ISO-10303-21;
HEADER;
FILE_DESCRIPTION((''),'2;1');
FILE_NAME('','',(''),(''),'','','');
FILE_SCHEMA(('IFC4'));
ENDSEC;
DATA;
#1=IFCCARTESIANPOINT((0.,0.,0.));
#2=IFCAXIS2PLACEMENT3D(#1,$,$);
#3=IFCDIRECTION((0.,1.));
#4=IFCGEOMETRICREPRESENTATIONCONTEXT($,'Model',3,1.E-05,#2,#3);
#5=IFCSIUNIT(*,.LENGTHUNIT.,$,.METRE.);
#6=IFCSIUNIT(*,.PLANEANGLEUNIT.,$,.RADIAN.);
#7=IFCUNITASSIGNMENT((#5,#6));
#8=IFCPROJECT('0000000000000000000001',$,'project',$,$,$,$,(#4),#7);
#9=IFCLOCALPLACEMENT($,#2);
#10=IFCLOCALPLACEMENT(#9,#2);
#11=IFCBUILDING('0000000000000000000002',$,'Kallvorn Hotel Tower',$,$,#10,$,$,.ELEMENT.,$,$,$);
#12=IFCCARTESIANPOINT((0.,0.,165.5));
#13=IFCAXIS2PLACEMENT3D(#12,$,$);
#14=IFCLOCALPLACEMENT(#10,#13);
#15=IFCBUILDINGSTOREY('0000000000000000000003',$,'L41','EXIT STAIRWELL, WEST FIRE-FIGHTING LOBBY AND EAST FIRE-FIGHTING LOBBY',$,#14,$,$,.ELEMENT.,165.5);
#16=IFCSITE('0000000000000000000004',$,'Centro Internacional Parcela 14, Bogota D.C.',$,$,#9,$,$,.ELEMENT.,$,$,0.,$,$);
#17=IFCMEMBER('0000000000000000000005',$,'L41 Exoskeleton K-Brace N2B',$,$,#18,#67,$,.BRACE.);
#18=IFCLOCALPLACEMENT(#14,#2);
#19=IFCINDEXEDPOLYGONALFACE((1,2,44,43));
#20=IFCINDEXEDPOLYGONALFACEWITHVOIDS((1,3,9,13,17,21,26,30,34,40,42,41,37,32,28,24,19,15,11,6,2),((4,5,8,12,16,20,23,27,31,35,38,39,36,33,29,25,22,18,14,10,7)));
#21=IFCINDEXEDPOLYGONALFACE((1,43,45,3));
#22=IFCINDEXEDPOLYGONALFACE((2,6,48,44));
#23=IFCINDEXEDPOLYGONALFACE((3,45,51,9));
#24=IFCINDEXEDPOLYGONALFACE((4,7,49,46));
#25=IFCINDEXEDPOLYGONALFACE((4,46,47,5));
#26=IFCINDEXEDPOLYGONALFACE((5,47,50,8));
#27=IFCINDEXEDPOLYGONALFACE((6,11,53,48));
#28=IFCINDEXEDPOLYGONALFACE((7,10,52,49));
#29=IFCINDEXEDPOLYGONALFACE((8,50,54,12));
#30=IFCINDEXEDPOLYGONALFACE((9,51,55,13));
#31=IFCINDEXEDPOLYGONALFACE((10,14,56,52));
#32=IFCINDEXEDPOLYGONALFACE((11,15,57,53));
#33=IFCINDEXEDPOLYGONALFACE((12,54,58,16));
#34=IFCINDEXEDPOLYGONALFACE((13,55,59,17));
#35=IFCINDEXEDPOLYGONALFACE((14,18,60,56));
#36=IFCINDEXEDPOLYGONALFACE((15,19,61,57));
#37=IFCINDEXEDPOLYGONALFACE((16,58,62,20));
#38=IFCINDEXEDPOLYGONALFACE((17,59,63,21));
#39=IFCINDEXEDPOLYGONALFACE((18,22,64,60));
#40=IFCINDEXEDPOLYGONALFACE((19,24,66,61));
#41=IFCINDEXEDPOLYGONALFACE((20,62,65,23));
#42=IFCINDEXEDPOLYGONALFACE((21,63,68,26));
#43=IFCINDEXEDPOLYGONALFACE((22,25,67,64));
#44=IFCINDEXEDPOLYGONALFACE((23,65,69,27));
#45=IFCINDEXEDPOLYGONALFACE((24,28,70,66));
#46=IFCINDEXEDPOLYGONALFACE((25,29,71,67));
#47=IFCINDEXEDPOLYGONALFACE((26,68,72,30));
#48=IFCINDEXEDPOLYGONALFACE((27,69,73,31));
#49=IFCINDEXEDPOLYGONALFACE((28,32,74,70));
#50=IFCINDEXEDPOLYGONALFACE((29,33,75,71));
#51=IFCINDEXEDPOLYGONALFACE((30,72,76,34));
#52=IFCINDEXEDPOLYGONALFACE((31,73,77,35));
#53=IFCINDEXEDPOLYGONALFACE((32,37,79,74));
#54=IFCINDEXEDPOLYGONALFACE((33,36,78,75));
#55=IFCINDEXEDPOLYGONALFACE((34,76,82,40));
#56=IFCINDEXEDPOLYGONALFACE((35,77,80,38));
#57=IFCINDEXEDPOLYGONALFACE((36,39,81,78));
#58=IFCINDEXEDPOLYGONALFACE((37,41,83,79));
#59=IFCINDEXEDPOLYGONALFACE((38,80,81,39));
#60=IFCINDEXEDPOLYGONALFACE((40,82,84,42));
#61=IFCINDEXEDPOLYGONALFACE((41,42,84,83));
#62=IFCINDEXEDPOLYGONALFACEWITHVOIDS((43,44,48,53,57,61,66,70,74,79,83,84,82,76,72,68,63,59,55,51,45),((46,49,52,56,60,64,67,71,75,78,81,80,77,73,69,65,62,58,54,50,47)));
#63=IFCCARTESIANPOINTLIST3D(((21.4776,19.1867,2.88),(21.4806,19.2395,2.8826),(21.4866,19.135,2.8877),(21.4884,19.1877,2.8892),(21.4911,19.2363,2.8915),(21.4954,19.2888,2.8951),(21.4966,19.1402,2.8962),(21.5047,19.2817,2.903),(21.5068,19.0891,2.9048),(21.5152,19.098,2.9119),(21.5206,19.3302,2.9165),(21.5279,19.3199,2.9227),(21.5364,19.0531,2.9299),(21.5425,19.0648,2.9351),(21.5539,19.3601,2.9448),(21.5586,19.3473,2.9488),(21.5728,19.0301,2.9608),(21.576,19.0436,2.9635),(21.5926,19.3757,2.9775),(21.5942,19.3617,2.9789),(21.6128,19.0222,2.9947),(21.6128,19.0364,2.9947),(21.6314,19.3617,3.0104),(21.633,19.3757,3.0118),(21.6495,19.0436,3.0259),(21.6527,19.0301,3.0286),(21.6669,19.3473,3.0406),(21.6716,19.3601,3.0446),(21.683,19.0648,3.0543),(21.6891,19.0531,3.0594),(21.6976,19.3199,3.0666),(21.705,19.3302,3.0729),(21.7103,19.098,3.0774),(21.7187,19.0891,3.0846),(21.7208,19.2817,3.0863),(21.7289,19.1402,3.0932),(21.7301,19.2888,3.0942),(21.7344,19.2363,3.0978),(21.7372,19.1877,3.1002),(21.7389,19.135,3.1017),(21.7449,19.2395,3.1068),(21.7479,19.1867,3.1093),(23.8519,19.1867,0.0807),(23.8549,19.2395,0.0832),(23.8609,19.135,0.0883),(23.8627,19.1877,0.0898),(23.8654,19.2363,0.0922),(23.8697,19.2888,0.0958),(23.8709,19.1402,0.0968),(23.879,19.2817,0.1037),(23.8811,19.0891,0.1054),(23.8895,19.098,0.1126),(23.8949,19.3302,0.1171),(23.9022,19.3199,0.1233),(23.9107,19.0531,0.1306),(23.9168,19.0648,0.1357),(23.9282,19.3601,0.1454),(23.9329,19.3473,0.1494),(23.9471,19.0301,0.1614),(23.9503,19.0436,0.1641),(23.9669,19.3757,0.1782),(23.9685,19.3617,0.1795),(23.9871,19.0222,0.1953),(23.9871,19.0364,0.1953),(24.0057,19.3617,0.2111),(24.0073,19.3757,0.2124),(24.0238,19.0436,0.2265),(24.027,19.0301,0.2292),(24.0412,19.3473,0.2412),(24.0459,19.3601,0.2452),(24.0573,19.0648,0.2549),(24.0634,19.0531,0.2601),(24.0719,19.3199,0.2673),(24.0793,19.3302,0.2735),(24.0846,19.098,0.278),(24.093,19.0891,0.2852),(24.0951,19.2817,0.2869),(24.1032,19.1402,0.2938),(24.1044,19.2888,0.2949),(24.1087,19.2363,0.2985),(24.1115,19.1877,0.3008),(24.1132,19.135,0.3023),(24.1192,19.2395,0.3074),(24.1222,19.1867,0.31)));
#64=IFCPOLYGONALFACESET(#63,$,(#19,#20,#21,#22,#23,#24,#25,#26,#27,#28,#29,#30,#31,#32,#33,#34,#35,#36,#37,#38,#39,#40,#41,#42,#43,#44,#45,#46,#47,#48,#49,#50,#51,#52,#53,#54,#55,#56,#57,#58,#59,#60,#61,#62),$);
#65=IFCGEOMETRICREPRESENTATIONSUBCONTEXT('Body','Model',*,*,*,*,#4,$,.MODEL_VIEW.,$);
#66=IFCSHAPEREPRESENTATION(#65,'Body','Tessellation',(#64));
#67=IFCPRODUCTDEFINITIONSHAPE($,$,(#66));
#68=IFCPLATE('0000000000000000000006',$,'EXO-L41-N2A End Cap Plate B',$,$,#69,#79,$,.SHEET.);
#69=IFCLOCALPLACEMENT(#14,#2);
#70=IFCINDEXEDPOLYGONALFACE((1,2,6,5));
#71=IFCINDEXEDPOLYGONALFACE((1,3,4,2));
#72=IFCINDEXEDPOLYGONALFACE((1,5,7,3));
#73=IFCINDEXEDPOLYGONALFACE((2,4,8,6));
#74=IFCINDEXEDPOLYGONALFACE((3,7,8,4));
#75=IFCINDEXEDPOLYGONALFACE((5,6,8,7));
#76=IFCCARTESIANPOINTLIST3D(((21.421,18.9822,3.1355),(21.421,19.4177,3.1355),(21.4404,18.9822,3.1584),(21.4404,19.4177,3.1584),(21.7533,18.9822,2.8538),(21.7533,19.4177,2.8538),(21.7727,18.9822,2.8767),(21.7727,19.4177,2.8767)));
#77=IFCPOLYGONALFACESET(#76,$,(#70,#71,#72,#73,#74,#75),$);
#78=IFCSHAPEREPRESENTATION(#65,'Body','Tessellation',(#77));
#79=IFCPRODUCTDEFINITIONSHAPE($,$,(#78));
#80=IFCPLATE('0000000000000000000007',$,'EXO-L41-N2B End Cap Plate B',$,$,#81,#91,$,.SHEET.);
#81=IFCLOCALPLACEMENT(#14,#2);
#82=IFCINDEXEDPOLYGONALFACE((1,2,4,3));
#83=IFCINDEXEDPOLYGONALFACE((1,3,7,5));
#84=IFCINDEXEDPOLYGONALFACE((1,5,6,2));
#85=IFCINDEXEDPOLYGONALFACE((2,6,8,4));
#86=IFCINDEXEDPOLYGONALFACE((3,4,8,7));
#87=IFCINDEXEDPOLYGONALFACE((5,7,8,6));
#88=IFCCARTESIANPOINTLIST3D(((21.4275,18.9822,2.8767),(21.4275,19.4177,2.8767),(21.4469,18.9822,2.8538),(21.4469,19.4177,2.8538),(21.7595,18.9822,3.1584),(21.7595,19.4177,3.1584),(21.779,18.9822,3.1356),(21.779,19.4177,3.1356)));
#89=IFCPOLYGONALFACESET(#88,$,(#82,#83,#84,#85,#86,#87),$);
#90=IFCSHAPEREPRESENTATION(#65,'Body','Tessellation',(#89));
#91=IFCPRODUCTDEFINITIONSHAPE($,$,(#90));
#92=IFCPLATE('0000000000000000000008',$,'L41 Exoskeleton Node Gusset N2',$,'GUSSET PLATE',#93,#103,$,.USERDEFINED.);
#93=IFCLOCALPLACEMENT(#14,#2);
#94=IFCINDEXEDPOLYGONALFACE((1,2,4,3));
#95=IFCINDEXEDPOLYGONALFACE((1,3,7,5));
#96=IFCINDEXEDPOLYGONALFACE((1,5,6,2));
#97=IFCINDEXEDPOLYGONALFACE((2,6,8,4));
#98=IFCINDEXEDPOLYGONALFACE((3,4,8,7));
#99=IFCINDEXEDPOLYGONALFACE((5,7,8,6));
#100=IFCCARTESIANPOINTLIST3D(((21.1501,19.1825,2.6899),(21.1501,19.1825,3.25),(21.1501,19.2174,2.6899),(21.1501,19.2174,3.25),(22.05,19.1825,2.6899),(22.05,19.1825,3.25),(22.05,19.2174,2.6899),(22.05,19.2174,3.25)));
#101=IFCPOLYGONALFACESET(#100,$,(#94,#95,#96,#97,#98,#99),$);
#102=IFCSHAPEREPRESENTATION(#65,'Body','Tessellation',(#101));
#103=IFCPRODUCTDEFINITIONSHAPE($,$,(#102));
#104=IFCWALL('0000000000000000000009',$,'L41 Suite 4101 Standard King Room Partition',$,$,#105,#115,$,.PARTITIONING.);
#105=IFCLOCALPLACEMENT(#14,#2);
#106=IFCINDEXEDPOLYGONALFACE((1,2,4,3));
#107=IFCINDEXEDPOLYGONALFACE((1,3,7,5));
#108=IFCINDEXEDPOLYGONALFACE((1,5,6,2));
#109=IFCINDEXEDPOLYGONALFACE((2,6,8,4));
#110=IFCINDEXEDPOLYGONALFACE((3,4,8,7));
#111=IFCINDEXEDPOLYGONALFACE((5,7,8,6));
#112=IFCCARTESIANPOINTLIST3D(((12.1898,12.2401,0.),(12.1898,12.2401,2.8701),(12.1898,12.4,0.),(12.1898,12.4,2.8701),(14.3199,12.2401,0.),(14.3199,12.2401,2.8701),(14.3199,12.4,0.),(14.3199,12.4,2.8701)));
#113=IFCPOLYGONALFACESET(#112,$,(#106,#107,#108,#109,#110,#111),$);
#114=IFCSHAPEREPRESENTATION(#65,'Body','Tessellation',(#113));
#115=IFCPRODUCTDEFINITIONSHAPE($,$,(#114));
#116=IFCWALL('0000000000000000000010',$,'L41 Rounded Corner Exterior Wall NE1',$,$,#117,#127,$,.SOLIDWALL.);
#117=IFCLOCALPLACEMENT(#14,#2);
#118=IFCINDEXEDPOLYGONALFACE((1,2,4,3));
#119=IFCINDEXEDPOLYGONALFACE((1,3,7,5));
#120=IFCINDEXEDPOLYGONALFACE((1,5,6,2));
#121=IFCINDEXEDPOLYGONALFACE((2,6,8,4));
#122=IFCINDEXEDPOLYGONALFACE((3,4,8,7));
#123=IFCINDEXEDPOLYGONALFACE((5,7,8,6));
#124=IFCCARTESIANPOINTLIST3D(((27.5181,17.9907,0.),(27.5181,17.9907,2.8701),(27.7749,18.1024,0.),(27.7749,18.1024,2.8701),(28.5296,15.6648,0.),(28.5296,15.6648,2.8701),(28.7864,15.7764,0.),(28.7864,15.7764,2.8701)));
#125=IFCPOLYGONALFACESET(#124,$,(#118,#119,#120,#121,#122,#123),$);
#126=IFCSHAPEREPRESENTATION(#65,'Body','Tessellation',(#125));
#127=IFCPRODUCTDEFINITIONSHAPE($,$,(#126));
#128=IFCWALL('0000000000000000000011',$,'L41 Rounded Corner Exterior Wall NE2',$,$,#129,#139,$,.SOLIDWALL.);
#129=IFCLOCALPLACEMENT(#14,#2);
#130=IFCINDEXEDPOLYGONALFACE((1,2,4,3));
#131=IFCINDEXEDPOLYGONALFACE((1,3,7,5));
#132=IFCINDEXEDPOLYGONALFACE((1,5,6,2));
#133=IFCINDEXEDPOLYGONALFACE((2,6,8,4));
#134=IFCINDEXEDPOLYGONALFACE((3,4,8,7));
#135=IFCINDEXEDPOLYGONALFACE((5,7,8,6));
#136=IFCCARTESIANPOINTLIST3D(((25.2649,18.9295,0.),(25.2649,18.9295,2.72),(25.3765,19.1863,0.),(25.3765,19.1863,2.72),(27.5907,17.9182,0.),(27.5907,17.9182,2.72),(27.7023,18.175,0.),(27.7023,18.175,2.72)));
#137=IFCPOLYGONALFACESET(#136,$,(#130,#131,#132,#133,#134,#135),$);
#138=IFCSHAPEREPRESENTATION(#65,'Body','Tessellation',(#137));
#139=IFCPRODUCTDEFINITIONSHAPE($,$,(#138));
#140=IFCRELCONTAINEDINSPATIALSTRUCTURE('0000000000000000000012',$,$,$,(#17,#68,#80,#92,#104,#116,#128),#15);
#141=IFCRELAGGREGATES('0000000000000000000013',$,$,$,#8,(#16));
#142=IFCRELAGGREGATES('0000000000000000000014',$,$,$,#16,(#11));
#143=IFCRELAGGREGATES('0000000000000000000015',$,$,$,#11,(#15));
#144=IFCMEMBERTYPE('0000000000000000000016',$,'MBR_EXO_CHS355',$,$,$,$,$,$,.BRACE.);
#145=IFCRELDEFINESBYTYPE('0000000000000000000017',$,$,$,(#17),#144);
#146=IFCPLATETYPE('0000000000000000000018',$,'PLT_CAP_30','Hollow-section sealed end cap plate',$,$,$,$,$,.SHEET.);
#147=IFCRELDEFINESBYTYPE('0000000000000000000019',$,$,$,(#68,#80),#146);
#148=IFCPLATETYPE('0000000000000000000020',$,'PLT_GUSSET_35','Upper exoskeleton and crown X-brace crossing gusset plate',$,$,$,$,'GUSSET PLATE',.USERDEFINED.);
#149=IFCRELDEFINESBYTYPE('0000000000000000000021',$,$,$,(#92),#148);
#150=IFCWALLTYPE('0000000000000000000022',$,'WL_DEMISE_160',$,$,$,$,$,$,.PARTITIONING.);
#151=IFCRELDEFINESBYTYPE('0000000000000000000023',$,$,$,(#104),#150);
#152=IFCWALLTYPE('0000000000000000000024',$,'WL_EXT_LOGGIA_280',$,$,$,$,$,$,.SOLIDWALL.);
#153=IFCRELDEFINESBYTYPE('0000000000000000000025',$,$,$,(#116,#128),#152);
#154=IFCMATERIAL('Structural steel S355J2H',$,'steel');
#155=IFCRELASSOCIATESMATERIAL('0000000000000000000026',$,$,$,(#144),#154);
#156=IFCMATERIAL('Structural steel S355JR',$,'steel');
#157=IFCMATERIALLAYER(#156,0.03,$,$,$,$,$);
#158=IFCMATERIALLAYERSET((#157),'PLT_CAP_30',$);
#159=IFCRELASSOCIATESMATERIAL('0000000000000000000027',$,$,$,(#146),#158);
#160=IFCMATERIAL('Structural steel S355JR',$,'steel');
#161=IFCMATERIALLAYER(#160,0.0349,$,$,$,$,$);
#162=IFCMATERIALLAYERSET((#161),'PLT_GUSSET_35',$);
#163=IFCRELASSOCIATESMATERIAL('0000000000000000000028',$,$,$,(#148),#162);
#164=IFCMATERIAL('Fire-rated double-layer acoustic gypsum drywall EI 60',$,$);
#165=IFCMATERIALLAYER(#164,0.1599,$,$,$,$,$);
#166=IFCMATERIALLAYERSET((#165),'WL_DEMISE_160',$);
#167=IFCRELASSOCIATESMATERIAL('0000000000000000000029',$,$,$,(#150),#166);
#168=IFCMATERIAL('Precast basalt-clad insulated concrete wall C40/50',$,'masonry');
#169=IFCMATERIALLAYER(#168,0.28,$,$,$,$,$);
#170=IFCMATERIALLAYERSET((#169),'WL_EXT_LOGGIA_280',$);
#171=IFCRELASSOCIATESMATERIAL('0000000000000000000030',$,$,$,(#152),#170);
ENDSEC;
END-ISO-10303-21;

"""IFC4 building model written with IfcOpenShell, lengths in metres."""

from ifc_helpers import new_model, si_unit, direction, frame, frame_2d, origin, origin_2d, place, context, subcontext, project, spatial, polyline, rectangle, hollow_circle, outline, extrude, material, layer, layer_set, material_profile, profile_set, type_object, element, save


model = new_model("IFC4")

# Units and contexts
model_context = context("Model", 3, precision=1e-05, world=origin(), true_north=direction((0.0, 1.0)))
body_context = subcontext(model_context, "Body", "Model", "MODEL_VIEW")
ifc_project = project(units=[si_unit("LENGTHUNIT", "METRE"), si_unit("PLANEANGLEUNIT", "RADIAN")], contexts=[model_context])

# Site, building, storey
site_placement = place(None, origin())
site = spatial("IfcSite", under=ifc_project, at=site_placement, Name="Centro Internacional Parcela 14, Bogota D.C.", CompositionType="ELEMENT", RefElevation=0.0)
building_placement = place(site_placement, origin())
building = spatial("IfcBuilding", under=site, at=building_placement, Name="Kallvorn Hotel Tower", CompositionType="ELEMENT")
storey_placement = place(building_placement, frame((0.0, 0.0, 165.5)))
storey = spatial("IfcBuildingStorey", under=building, at=storey_placement, Name="L41", Description="EXIT STAIRWELL, WEST FIRE-FIGHTING LOBBY AND EAST FIRE-FIGHTING LOBBY", CompositionType="ELEMENT", Elevation=165.5)

# Member
ifc_material_1 = material(Name="Structural steel S355J2H", Category="steel")
ifc_material_profile_1 = material_profile(ifc_material_1, hollow_circle(Radius=0.1777, WallThickness=0.0142, at=origin_2d()), Name="CHS 355.6x14.2")
ifc_profile_set_1 = profile_set([ifc_material_profile_1], Name="Structural steel S355J2H")
member_type_1 = type_object("IfcMemberType", Name="MBR_EXO_CHS355", PredefinedType="BRACE", material=ifc_profile_set_1)
for number, where, z_axis, x_axis, name in (
    (1, (23.9871, 19.2, 0.1953), (-0.646833, 0.0, 0.762631), (0.0, -1.0, 0.0), "L41 Exoskeleton K-Brace N2B"),
):
    element("IfcMember", number, at=place(storey_placement, frame(where, z_axis=z_axis, x_axis=x_axis)), inside=storey, type_object=member_type_1, Name=name, PredefinedType="BRACE", context=body_context, shape_type="SweptSolid", body=[
        extrude(hollow_circle(Radius=0.1777, WallThickness=0.0142, at=origin_2d()), origin(), (0.0, 0.0, 1.0), 3.6707),
    ])

# Plates
ifc_material_2 = material(Name="Structural steel S355JR", Category="steel")
ifc_layer_1 = layer(ifc_material_2, 0.03)
ifc_layer_set_1 = layer_set([ifc_layer_1], Name="PLT_CAP_30")
plate_type_1 = type_object("IfcPlateType", Name="PLT_CAP_30", Description="Hollow-section sealed end cap plate", PredefinedType="SHEET", material=ifc_layer_set_1)
plate_1_placement = place(storey_placement, frame((21.7727, 18.9822, 2.8767), z_axis=(0.646721, 0.0, 0.762727), x_axis=(0.0, 1.0, 0.0)))
element("IfcPlate", 2, at=plate_1_placement, inside=storey, type_object=plate_type_1, Name="EXO-L41-N2A End Cap Plate B", PredefinedType="SHEET", context=body_context, shape_type="SweptSolid", body=[
    extrude(outline(polyline([(0.0, 0.0), (0.4355, 0.0), (0.4355, 0.4356), (0.0, 0.4356), (0.0, 0.0)])), origin(), (0.0, 0.0, -1.0), 0.03),
])
plate_2_placement = place(storey_placement, frame((21.4275, 19.4177, 2.8767), z_axis=(-0.646997, 0.0, 0.762492), x_axis=(0.0, -1.0, 0.0)))
element("IfcPlate", 3, at=plate_2_placement, inside=storey, type_object=plate_type_1, Name="EXO-L41-N2B End Cap Plate B", PredefinedType="SHEET", context=body_context, shape_type="SweptSolid", body=[
    extrude(outline(polyline([(0.0, 0.0), (0.4355, 0.0), (0.4355, 0.4355), (0.0, 0.4355), (0.0, 0.0)])), origin(), (0.0, 0.0, -1.0), 0.03),
])
ifc_material_3 = material(Name="Structural steel S355JR", Category="steel")
ifc_layer_2 = layer(ifc_material_3, 0.0349)
ifc_layer_set_2 = layer_set([ifc_layer_2], Name="PLT_GUSSET_35")
plate_type_2 = type_object("IfcPlateType", Name="PLT_GUSSET_35", Description="Upper exoskeleton and crown X-brace crossing gusset plate", ElementType="GUSSET PLATE", PredefinedType="USERDEFINED", material=ifc_layer_set_2)
plate_3_placement = place(storey_placement, frame((21.6001, 19.2, 2.6899), z_axis=(0.0, 0.0, 1.0), x_axis=(1.0, 0.0, 0.0)))
element("IfcPlate", 4, at=plate_3_placement, inside=storey, type_object=plate_type_2, Name="L41 Exoskeleton Node Gusset N2", ObjectType="GUSSET PLATE", PredefinedType="USERDEFINED", context=body_context, shape_type="SweptSolid", body=[
    extrude(rectangle(XDim=0.8999, YDim=0.0349, at=origin_2d()), origin(), (0.0, 0.0, 1.0), 0.5601),
])

# Walls
ifc_material_4 = material(Name="Fire-rated double-layer acoustic gypsum drywall EI 60")
ifc_layer_3 = layer(ifc_material_4, 0.1599)
ifc_layer_set_3 = layer_set([ifc_layer_3], Name="WL_DEMISE_160")
wall_type_1 = type_object("IfcWallType", Name="WL_DEMISE_160", PredefinedType="PARTITIONING", material=ifc_layer_set_3)
wall_1_placement = place(storey_placement, frame((12.1899, 12.3201, 0.0), z_axis=(0.0, 0.0, 1.0), x_axis=(1.0, 0.0, 0.0)))
element("IfcWall", 5, at=wall_1_placement, inside=storey, type_object=wall_type_1, Name="L41 Suite 4101 Standard King Room Partition", PredefinedType="PARTITIONING", context=body_context, shape_type="SweptSolid", body=[
    extrude(rectangle(XDim=2.1301, YDim=0.1599, at=frame_2d((1.0649, 0.0))), origin(), (0.0, 0.0, 1.0), 2.8701),
])
ifc_material_5 = material(Name="Precast basalt-clad insulated concrete wall C40/50", Category="masonry")
ifc_layer_4 = layer(ifc_material_5, 0.28)
ifc_layer_set_4 = layer_set([ifc_layer_4], Name="WL_EXT_LOGGIA_280")
wall_type_2 = type_object("IfcWallType", Name="WL_EXT_LOGGIA_280", PredefinedType="SOLIDWALL", material=ifc_layer_set_4)
wall_2_placement = place(storey_placement, frame((28.658, 15.7207, 0.0), z_axis=(0.0, 0.0, 1.0), x_axis=(-0.398793, 0.917041, 0.0)))
element("IfcWall", 6, at=wall_2_placement, inside=storey, type_object=wall_type_2, Name="L41 Rounded Corner Exterior Wall NE1", PredefinedType="SOLIDWALL", context=body_context, shape_type="SweptSolid", body=[
    extrude(rectangle(XDim=2.5364, YDim=0.28, at=frame_2d((1.2681, 0.0))), origin(), (0.0, 0.0, 1.0), 2.8701),
])
wall_3_placement = place(storey_placement, frame((27.6465, 18.0466, 0.0), z_axis=(0.0, 0.0, 1.0), x_axis=(-0.917061, 0.398747, 0.0)))
element("IfcWall", 7, at=wall_3_placement, inside=storey, type_object=wall_type_2, Name="L41 Rounded Corner Exterior Wall NE2", PredefinedType="SOLIDWALL", context=body_context, shape_type="SweptSolid", body=[
    extrude(rectangle(XDim=2.5361, YDim=0.28, at=frame_2d((1.2681, 0.0))), origin(), (0.0, 0.0, 1.0), 2.72),
])

save(model, "model.ifc")
